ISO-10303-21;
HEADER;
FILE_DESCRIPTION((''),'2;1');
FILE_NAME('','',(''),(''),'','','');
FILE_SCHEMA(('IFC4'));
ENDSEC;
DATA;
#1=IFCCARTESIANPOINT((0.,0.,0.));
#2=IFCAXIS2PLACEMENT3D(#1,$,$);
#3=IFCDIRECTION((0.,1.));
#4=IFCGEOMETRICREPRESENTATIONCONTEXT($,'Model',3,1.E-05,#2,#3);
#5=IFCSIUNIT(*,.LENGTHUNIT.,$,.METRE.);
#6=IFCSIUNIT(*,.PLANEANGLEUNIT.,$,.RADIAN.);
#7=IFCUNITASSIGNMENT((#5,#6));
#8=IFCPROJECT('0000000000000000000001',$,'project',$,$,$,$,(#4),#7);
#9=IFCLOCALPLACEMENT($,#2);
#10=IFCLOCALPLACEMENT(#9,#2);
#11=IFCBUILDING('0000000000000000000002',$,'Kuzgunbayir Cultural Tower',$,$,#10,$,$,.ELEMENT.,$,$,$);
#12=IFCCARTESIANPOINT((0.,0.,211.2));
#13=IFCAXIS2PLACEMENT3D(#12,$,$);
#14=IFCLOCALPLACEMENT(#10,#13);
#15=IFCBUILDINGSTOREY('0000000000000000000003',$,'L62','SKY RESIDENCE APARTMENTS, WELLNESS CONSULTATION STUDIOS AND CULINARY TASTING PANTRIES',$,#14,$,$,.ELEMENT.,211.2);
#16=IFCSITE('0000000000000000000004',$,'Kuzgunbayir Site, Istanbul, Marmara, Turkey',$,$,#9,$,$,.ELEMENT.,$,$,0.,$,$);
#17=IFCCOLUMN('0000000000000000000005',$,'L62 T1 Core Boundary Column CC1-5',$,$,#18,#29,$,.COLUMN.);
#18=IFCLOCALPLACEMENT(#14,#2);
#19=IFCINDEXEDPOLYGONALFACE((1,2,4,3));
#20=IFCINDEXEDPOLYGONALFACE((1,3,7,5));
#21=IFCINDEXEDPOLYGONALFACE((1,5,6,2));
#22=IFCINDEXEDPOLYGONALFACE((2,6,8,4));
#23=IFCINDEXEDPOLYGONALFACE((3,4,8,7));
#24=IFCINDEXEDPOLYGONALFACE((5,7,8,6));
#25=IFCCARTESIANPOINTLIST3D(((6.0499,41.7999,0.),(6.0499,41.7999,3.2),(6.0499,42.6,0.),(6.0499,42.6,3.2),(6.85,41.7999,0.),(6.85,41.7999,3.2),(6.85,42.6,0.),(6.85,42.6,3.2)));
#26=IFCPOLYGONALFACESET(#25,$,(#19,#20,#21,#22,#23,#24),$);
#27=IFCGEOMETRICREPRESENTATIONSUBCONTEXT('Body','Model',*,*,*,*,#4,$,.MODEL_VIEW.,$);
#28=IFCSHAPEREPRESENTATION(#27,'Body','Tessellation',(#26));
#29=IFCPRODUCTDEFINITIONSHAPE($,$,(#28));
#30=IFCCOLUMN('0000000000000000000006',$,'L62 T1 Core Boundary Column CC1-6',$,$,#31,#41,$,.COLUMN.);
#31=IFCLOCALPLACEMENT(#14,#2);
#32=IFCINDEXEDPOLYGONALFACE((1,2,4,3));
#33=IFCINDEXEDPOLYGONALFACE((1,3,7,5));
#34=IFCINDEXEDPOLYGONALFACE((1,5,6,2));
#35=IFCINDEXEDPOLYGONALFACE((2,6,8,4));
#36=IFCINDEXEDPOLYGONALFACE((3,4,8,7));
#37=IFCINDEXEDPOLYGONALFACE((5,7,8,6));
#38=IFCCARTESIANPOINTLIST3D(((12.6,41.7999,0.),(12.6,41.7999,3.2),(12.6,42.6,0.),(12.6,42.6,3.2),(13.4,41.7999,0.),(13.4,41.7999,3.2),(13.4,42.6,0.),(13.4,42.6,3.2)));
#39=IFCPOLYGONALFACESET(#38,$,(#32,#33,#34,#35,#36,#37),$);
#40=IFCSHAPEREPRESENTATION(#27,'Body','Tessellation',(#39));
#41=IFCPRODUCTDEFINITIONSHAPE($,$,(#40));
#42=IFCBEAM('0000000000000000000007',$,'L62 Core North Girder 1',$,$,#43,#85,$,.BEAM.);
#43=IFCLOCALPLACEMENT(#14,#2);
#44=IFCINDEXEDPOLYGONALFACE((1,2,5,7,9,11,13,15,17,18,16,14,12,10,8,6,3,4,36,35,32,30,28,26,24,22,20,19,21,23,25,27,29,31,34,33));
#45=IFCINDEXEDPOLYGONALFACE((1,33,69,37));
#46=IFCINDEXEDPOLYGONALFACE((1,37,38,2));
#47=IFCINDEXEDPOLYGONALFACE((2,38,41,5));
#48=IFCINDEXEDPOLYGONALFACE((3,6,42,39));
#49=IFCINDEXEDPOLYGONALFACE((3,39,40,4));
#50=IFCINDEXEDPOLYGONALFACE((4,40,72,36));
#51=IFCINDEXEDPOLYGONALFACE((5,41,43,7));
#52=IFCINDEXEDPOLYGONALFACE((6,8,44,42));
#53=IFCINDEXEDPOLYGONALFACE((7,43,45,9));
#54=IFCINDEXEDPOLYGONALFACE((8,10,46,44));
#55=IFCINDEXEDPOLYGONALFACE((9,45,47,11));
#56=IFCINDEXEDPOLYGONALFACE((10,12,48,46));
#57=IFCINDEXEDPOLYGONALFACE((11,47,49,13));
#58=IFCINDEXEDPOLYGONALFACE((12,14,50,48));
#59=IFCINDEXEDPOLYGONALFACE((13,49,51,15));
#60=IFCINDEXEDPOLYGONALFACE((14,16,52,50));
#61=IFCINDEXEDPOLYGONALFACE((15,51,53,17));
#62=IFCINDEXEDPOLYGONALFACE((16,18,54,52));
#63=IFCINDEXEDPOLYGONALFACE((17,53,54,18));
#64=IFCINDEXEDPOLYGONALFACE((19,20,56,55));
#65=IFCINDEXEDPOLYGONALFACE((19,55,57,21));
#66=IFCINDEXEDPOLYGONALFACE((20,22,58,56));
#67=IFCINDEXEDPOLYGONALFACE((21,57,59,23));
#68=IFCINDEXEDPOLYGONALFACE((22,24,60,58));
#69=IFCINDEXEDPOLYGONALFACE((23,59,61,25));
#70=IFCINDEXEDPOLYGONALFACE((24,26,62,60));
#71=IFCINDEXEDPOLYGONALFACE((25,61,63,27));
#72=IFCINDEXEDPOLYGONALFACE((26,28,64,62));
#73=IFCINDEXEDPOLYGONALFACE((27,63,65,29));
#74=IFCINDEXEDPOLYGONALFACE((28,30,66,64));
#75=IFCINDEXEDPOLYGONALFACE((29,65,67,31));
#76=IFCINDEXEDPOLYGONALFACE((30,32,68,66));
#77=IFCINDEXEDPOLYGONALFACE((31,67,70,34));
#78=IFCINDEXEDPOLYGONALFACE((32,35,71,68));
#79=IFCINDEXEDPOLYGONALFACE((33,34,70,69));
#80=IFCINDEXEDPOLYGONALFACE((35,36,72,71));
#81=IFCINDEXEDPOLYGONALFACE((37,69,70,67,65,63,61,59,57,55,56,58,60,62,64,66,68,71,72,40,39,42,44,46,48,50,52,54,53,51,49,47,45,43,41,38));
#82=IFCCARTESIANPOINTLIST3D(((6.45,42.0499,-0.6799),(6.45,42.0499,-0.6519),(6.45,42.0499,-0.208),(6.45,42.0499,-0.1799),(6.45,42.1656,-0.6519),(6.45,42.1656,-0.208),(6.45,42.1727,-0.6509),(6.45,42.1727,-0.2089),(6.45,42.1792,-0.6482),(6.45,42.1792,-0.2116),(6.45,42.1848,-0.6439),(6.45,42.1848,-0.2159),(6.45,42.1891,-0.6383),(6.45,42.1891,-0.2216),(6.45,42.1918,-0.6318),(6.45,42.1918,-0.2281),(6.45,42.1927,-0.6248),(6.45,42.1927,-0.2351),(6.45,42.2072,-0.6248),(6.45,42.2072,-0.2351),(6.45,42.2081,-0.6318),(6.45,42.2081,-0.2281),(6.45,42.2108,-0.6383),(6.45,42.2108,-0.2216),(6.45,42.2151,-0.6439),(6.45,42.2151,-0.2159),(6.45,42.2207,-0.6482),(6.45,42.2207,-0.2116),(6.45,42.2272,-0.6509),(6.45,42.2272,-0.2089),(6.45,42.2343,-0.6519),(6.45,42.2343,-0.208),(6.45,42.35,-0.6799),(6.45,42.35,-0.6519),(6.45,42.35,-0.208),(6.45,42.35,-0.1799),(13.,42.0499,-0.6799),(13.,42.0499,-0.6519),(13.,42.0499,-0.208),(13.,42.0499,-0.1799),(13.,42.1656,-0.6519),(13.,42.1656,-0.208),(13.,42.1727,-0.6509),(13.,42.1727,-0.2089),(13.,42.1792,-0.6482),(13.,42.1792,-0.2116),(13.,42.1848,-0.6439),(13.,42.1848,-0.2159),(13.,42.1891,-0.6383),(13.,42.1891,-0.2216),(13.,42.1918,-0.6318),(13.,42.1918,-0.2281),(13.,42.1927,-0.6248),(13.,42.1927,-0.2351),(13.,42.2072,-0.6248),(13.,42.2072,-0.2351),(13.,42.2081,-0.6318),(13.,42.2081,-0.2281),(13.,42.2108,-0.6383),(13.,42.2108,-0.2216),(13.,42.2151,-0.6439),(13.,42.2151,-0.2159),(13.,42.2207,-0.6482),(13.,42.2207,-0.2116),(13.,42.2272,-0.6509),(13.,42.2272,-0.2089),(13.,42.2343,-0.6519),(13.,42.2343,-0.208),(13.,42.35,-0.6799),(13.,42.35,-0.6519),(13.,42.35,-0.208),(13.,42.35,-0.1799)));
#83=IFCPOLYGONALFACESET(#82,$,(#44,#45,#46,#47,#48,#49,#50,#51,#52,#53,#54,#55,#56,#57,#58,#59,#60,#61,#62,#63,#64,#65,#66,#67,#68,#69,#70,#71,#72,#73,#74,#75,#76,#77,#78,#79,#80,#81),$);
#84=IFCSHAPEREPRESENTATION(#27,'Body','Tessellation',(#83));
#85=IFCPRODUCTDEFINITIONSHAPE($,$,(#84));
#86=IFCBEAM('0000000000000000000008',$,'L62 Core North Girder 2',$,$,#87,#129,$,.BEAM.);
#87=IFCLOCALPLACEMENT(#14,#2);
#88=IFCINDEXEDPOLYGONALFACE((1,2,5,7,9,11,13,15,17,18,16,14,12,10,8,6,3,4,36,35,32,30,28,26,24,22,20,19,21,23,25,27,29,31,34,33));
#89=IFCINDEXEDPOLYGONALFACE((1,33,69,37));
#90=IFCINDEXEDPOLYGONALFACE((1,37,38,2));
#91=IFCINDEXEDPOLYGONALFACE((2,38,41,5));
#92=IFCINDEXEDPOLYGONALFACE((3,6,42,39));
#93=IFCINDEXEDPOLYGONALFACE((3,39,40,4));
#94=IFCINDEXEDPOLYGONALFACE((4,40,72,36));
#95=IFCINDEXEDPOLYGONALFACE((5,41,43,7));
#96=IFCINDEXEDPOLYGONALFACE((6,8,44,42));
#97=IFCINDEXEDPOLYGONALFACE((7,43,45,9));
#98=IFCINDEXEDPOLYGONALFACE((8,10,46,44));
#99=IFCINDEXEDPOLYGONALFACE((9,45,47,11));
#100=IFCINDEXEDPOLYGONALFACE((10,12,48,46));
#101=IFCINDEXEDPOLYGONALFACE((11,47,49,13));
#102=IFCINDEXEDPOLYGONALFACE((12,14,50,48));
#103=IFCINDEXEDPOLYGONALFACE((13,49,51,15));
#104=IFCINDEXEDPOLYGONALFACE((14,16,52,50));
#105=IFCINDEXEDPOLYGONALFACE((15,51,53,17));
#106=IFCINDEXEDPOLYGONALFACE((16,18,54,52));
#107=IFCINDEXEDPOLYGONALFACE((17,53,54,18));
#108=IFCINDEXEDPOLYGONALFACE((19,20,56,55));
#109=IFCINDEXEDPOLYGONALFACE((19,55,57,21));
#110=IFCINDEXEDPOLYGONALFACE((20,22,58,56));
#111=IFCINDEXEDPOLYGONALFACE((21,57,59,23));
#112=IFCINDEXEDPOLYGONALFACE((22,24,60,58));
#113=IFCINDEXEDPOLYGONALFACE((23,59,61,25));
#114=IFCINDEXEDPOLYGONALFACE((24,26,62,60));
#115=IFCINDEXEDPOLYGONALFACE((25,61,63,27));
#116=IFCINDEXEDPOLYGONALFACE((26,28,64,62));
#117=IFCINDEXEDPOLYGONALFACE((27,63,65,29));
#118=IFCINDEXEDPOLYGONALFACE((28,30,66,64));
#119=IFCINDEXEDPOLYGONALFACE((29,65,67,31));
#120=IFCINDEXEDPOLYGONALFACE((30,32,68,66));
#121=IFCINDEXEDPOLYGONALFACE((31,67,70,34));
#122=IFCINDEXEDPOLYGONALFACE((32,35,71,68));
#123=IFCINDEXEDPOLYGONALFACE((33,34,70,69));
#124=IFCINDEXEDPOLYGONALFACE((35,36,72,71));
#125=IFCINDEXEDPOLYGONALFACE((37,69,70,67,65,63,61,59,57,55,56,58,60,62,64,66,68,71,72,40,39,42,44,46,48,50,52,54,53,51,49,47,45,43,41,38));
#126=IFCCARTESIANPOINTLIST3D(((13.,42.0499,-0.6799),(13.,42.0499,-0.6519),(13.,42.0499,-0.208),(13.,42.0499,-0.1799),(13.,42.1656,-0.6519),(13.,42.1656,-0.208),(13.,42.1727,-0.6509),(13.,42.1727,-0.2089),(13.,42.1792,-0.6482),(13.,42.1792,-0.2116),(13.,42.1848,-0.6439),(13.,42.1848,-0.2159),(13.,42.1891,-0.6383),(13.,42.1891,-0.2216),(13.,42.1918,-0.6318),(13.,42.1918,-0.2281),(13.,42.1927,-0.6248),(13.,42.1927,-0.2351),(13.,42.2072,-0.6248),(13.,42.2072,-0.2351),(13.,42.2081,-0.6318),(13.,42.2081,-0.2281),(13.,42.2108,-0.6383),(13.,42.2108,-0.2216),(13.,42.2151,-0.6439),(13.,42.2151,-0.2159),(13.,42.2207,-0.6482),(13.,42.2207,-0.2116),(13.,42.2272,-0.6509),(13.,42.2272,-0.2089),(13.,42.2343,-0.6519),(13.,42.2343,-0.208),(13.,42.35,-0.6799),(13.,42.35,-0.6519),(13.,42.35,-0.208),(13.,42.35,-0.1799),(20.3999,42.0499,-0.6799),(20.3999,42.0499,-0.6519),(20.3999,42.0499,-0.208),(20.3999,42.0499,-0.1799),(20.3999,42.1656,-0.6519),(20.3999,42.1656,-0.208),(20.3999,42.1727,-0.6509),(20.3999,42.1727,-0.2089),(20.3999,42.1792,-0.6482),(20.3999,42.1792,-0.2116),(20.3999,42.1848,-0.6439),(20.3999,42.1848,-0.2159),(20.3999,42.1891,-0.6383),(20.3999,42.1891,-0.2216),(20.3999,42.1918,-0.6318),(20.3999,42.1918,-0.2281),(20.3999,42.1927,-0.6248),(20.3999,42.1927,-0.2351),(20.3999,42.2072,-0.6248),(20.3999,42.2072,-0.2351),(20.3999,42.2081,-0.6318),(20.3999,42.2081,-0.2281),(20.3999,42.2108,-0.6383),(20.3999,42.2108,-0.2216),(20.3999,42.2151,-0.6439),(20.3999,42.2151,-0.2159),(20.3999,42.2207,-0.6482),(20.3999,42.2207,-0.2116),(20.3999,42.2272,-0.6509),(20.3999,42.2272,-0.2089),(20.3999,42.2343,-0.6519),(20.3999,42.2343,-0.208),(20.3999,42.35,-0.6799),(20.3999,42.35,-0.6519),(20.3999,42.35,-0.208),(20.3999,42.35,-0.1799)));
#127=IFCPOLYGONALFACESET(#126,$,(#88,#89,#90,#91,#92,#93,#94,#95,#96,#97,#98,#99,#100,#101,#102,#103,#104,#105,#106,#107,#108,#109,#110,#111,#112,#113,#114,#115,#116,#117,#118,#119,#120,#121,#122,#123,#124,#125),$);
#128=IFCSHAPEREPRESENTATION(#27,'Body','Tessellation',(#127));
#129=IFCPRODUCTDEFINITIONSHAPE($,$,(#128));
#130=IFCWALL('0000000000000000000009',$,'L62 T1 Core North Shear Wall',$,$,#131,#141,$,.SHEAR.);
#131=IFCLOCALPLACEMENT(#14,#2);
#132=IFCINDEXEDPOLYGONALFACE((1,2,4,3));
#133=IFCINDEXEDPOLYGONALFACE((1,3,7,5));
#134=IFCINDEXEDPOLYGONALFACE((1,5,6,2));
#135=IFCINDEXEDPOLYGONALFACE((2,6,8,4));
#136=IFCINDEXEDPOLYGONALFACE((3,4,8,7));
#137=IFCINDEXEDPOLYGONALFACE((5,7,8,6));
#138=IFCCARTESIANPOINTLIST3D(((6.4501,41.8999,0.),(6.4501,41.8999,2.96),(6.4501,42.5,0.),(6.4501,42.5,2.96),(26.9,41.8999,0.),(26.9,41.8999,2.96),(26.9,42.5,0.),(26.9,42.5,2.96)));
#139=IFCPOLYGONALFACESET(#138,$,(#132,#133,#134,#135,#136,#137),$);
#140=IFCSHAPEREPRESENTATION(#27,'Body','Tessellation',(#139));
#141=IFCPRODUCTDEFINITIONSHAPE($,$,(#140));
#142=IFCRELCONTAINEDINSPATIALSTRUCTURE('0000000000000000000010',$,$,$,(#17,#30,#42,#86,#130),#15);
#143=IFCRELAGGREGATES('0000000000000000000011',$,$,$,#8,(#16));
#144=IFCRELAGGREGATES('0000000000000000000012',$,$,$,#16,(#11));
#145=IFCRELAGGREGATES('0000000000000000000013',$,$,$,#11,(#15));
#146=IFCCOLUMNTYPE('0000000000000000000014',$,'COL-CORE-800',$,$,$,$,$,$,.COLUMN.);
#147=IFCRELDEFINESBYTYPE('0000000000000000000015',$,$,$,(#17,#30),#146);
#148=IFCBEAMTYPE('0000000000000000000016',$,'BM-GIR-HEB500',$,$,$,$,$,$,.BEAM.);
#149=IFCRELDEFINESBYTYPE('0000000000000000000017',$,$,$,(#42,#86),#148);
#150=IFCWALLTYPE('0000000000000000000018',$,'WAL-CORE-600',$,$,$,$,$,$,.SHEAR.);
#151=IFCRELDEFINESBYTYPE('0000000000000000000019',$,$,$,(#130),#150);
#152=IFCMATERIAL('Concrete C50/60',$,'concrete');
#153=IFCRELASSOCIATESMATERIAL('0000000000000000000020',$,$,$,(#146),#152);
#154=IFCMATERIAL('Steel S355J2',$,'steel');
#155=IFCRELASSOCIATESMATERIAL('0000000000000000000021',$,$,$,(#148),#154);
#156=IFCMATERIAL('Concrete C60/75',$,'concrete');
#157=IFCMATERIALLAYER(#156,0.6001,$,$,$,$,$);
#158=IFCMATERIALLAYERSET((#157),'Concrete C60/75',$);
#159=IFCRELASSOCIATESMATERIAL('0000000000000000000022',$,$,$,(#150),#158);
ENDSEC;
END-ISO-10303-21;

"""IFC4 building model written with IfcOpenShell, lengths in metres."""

from ifc_helpers import new_model, si_unit, direction, frame, frame_2d, origin, origin_2d, place, context, subcontext, project, spatial, rectangle, i_section, extrude, material, layer, layer_set, material_profile, profile_set, type_object, element, save


model = new_model("IFC4")

# Units and contexts
model_context = context("Model", 3, precision=1e-05, world=origin(), true_north=direction((0.0, 1.0)))
body_context = subcontext(model_context, "Body", "Model", "MODEL_VIEW")
ifc_project = project(units=[si_unit("LENGTHUNIT", "METRE"), si_unit("PLANEANGLEUNIT", "RADIAN")], contexts=[model_context])

# Site, building, storey
site_placement = place(None, origin())
site = spatial("IfcSite", under=ifc_project, at=site_placement, Name="Kuzgunbayir Site, Istanbul, Marmara, Turkey", CompositionType="ELEMENT", RefElevation=0.0)
building_placement = place(site_placement, origin())
building = spatial("IfcBuilding", under=site, at=building_placement, Name="Kuzgunbayir Cultural Tower", CompositionType="ELEMENT")
storey_placement = place(building_placement, frame((0.0, 0.0, 211.2)))
storey = spatial("IfcBuildingStorey", under=building, at=storey_placement, Name="L62", Description="SKY RESIDENCE APARTMENTS, WELLNESS CONSULTATION STUDIOS AND CULINARY TASTING PANTRIES", CompositionType="ELEMENT", Elevation=211.2)

# Columns
ifc_material_1 = material(Name="Concrete C50/60", Category="concrete")
ifc_material_profile_1 = material_profile(ifc_material_1, rectangle(XDim=0.8, YDim=0.8, at=origin_2d()), Name="RC 800x800")
ifc_profile_set_1 = profile_set([ifc_material_profile_1], Name="Concrete C50/60")
column_type = type_object("IfcColumnType", Name="COL-CORE-800", PredefinedType="COLUMN", material=ifc_profile_set_1)
for number, where, z_axis, x_axis, name in (
    (1, (6.45, 42.2, 0.0), (0.0, 0.0, 1.0), (1.0, 0.0, 0.0), "L62 T1 Core Boundary Column CC1-5"),
    (2, (13.0, 42.2, 0.0), (0.0, 0.0, 1.0), (1.0, 0.0, 0.0), "L62 T1 Core Boundary Column CC1-6"),
):
    element("IfcColumn", number, at=place(storey_placement, frame(where, z_axis=z_axis, x_axis=x_axis)), inside=storey, type_object=column_type, Name=name, PredefinedType="COLUMN", context=body_context, shape_type="SweptSolid", body=[
        extrude(rectangle(XDim=0.8, YDim=0.8, at=origin_2d()), origin(), (0.0, 0.0, 1.0), 3.2),
    ])

# Beams
ifc_material_2 = material(Name="Steel S355J2", Category="steel")
ifc_material_profile_2 = material_profile(ifc_material_2, i_section(OverallWidth=0.3, OverallDepth=0.5, WebThickness=0.0144, FlangeThickness=0.0281, FilletRadius=0.0271, at=origin_2d()), Name="HEB 500")
ifc_profile_set_2 = profile_set([ifc_material_profile_2], Name="Steel S355J2")
beam_type = type_object("IfcBeamType", Name="BM-GIR-HEB500", PredefinedType="BEAM", material=ifc_profile_set_2)
beam_1_placement = place(storey_placement, frame((6.45, 42.2, -0.4299), z_axis=(1.0, 0.0, 0.0), x_axis=(0.0, 1.0, 0.0)))
element("IfcBeam", 3, at=beam_1_placement, inside=storey, type_object=beam_type, Name="L62 Core North Girder 1", PredefinedType="BEAM", context=body_context, shape_type="SweptSolid", body=[
    extrude(i_section(OverallWidth=0.3, OverallDepth=0.5, WebThickness=0.0144, FlangeThickness=0.0281, FilletRadius=0.0271, at=origin_2d()), origin(), (0.0, 0.0, 1.0), 6.55),
])
beam_2_placement = place(storey_placement, frame((13.0, 42.2, -0.4299), z_axis=(1.0, 0.0, 0.0), x_axis=(0.0, 1.0, 0.0)))
element("IfcBeam", 4, at=beam_2_placement, inside=storey, type_object=beam_type, Name="L62 Core North Girder 2", PredefinedType="BEAM", context=body_context, shape_type="SweptSolid", body=[
    extrude(i_section(OverallWidth=0.3, OverallDepth=0.5, WebThickness=0.0144, FlangeThickness=0.0281, FilletRadius=0.0271, at=origin_2d()), origin(), (0.0, 0.0, 1.0), 7.3999),
])

# Wall
ifc_material_3 = material(Name="Concrete C60/75", Category="concrete")
ifc_layer_1 = layer(ifc_material_3, 0.6001)
ifc_layer_set_1 = layer_set([ifc_layer_1], Name="Concrete C60/75")
wall_type_1 = type_object("IfcWallType", Name="WAL-CORE-600", PredefinedType="SHEAR", material=ifc_layer_set_1)
wall_1_placement = place(storey_placement, frame((6.45, 42.2, 0.0), z_axis=(0.0, 0.0, 1.0), x_axis=(1.0, 0.0, 0.0)))
element("IfcWall", 5, at=wall_1_placement, inside=storey, type_object=wall_type_1, Name="L62 T1 Core North Shear Wall", PredefinedType="SHEAR", context=body_context, shape_type="SweptSolid", body=[
    extrude(rectangle(XDim=20.45, YDim=0.6001, at=frame_2d((10.2251, 0.0))), origin(), (0.0, 0.0, 1.0), 2.96),
])

save(model, "model.ifc")
